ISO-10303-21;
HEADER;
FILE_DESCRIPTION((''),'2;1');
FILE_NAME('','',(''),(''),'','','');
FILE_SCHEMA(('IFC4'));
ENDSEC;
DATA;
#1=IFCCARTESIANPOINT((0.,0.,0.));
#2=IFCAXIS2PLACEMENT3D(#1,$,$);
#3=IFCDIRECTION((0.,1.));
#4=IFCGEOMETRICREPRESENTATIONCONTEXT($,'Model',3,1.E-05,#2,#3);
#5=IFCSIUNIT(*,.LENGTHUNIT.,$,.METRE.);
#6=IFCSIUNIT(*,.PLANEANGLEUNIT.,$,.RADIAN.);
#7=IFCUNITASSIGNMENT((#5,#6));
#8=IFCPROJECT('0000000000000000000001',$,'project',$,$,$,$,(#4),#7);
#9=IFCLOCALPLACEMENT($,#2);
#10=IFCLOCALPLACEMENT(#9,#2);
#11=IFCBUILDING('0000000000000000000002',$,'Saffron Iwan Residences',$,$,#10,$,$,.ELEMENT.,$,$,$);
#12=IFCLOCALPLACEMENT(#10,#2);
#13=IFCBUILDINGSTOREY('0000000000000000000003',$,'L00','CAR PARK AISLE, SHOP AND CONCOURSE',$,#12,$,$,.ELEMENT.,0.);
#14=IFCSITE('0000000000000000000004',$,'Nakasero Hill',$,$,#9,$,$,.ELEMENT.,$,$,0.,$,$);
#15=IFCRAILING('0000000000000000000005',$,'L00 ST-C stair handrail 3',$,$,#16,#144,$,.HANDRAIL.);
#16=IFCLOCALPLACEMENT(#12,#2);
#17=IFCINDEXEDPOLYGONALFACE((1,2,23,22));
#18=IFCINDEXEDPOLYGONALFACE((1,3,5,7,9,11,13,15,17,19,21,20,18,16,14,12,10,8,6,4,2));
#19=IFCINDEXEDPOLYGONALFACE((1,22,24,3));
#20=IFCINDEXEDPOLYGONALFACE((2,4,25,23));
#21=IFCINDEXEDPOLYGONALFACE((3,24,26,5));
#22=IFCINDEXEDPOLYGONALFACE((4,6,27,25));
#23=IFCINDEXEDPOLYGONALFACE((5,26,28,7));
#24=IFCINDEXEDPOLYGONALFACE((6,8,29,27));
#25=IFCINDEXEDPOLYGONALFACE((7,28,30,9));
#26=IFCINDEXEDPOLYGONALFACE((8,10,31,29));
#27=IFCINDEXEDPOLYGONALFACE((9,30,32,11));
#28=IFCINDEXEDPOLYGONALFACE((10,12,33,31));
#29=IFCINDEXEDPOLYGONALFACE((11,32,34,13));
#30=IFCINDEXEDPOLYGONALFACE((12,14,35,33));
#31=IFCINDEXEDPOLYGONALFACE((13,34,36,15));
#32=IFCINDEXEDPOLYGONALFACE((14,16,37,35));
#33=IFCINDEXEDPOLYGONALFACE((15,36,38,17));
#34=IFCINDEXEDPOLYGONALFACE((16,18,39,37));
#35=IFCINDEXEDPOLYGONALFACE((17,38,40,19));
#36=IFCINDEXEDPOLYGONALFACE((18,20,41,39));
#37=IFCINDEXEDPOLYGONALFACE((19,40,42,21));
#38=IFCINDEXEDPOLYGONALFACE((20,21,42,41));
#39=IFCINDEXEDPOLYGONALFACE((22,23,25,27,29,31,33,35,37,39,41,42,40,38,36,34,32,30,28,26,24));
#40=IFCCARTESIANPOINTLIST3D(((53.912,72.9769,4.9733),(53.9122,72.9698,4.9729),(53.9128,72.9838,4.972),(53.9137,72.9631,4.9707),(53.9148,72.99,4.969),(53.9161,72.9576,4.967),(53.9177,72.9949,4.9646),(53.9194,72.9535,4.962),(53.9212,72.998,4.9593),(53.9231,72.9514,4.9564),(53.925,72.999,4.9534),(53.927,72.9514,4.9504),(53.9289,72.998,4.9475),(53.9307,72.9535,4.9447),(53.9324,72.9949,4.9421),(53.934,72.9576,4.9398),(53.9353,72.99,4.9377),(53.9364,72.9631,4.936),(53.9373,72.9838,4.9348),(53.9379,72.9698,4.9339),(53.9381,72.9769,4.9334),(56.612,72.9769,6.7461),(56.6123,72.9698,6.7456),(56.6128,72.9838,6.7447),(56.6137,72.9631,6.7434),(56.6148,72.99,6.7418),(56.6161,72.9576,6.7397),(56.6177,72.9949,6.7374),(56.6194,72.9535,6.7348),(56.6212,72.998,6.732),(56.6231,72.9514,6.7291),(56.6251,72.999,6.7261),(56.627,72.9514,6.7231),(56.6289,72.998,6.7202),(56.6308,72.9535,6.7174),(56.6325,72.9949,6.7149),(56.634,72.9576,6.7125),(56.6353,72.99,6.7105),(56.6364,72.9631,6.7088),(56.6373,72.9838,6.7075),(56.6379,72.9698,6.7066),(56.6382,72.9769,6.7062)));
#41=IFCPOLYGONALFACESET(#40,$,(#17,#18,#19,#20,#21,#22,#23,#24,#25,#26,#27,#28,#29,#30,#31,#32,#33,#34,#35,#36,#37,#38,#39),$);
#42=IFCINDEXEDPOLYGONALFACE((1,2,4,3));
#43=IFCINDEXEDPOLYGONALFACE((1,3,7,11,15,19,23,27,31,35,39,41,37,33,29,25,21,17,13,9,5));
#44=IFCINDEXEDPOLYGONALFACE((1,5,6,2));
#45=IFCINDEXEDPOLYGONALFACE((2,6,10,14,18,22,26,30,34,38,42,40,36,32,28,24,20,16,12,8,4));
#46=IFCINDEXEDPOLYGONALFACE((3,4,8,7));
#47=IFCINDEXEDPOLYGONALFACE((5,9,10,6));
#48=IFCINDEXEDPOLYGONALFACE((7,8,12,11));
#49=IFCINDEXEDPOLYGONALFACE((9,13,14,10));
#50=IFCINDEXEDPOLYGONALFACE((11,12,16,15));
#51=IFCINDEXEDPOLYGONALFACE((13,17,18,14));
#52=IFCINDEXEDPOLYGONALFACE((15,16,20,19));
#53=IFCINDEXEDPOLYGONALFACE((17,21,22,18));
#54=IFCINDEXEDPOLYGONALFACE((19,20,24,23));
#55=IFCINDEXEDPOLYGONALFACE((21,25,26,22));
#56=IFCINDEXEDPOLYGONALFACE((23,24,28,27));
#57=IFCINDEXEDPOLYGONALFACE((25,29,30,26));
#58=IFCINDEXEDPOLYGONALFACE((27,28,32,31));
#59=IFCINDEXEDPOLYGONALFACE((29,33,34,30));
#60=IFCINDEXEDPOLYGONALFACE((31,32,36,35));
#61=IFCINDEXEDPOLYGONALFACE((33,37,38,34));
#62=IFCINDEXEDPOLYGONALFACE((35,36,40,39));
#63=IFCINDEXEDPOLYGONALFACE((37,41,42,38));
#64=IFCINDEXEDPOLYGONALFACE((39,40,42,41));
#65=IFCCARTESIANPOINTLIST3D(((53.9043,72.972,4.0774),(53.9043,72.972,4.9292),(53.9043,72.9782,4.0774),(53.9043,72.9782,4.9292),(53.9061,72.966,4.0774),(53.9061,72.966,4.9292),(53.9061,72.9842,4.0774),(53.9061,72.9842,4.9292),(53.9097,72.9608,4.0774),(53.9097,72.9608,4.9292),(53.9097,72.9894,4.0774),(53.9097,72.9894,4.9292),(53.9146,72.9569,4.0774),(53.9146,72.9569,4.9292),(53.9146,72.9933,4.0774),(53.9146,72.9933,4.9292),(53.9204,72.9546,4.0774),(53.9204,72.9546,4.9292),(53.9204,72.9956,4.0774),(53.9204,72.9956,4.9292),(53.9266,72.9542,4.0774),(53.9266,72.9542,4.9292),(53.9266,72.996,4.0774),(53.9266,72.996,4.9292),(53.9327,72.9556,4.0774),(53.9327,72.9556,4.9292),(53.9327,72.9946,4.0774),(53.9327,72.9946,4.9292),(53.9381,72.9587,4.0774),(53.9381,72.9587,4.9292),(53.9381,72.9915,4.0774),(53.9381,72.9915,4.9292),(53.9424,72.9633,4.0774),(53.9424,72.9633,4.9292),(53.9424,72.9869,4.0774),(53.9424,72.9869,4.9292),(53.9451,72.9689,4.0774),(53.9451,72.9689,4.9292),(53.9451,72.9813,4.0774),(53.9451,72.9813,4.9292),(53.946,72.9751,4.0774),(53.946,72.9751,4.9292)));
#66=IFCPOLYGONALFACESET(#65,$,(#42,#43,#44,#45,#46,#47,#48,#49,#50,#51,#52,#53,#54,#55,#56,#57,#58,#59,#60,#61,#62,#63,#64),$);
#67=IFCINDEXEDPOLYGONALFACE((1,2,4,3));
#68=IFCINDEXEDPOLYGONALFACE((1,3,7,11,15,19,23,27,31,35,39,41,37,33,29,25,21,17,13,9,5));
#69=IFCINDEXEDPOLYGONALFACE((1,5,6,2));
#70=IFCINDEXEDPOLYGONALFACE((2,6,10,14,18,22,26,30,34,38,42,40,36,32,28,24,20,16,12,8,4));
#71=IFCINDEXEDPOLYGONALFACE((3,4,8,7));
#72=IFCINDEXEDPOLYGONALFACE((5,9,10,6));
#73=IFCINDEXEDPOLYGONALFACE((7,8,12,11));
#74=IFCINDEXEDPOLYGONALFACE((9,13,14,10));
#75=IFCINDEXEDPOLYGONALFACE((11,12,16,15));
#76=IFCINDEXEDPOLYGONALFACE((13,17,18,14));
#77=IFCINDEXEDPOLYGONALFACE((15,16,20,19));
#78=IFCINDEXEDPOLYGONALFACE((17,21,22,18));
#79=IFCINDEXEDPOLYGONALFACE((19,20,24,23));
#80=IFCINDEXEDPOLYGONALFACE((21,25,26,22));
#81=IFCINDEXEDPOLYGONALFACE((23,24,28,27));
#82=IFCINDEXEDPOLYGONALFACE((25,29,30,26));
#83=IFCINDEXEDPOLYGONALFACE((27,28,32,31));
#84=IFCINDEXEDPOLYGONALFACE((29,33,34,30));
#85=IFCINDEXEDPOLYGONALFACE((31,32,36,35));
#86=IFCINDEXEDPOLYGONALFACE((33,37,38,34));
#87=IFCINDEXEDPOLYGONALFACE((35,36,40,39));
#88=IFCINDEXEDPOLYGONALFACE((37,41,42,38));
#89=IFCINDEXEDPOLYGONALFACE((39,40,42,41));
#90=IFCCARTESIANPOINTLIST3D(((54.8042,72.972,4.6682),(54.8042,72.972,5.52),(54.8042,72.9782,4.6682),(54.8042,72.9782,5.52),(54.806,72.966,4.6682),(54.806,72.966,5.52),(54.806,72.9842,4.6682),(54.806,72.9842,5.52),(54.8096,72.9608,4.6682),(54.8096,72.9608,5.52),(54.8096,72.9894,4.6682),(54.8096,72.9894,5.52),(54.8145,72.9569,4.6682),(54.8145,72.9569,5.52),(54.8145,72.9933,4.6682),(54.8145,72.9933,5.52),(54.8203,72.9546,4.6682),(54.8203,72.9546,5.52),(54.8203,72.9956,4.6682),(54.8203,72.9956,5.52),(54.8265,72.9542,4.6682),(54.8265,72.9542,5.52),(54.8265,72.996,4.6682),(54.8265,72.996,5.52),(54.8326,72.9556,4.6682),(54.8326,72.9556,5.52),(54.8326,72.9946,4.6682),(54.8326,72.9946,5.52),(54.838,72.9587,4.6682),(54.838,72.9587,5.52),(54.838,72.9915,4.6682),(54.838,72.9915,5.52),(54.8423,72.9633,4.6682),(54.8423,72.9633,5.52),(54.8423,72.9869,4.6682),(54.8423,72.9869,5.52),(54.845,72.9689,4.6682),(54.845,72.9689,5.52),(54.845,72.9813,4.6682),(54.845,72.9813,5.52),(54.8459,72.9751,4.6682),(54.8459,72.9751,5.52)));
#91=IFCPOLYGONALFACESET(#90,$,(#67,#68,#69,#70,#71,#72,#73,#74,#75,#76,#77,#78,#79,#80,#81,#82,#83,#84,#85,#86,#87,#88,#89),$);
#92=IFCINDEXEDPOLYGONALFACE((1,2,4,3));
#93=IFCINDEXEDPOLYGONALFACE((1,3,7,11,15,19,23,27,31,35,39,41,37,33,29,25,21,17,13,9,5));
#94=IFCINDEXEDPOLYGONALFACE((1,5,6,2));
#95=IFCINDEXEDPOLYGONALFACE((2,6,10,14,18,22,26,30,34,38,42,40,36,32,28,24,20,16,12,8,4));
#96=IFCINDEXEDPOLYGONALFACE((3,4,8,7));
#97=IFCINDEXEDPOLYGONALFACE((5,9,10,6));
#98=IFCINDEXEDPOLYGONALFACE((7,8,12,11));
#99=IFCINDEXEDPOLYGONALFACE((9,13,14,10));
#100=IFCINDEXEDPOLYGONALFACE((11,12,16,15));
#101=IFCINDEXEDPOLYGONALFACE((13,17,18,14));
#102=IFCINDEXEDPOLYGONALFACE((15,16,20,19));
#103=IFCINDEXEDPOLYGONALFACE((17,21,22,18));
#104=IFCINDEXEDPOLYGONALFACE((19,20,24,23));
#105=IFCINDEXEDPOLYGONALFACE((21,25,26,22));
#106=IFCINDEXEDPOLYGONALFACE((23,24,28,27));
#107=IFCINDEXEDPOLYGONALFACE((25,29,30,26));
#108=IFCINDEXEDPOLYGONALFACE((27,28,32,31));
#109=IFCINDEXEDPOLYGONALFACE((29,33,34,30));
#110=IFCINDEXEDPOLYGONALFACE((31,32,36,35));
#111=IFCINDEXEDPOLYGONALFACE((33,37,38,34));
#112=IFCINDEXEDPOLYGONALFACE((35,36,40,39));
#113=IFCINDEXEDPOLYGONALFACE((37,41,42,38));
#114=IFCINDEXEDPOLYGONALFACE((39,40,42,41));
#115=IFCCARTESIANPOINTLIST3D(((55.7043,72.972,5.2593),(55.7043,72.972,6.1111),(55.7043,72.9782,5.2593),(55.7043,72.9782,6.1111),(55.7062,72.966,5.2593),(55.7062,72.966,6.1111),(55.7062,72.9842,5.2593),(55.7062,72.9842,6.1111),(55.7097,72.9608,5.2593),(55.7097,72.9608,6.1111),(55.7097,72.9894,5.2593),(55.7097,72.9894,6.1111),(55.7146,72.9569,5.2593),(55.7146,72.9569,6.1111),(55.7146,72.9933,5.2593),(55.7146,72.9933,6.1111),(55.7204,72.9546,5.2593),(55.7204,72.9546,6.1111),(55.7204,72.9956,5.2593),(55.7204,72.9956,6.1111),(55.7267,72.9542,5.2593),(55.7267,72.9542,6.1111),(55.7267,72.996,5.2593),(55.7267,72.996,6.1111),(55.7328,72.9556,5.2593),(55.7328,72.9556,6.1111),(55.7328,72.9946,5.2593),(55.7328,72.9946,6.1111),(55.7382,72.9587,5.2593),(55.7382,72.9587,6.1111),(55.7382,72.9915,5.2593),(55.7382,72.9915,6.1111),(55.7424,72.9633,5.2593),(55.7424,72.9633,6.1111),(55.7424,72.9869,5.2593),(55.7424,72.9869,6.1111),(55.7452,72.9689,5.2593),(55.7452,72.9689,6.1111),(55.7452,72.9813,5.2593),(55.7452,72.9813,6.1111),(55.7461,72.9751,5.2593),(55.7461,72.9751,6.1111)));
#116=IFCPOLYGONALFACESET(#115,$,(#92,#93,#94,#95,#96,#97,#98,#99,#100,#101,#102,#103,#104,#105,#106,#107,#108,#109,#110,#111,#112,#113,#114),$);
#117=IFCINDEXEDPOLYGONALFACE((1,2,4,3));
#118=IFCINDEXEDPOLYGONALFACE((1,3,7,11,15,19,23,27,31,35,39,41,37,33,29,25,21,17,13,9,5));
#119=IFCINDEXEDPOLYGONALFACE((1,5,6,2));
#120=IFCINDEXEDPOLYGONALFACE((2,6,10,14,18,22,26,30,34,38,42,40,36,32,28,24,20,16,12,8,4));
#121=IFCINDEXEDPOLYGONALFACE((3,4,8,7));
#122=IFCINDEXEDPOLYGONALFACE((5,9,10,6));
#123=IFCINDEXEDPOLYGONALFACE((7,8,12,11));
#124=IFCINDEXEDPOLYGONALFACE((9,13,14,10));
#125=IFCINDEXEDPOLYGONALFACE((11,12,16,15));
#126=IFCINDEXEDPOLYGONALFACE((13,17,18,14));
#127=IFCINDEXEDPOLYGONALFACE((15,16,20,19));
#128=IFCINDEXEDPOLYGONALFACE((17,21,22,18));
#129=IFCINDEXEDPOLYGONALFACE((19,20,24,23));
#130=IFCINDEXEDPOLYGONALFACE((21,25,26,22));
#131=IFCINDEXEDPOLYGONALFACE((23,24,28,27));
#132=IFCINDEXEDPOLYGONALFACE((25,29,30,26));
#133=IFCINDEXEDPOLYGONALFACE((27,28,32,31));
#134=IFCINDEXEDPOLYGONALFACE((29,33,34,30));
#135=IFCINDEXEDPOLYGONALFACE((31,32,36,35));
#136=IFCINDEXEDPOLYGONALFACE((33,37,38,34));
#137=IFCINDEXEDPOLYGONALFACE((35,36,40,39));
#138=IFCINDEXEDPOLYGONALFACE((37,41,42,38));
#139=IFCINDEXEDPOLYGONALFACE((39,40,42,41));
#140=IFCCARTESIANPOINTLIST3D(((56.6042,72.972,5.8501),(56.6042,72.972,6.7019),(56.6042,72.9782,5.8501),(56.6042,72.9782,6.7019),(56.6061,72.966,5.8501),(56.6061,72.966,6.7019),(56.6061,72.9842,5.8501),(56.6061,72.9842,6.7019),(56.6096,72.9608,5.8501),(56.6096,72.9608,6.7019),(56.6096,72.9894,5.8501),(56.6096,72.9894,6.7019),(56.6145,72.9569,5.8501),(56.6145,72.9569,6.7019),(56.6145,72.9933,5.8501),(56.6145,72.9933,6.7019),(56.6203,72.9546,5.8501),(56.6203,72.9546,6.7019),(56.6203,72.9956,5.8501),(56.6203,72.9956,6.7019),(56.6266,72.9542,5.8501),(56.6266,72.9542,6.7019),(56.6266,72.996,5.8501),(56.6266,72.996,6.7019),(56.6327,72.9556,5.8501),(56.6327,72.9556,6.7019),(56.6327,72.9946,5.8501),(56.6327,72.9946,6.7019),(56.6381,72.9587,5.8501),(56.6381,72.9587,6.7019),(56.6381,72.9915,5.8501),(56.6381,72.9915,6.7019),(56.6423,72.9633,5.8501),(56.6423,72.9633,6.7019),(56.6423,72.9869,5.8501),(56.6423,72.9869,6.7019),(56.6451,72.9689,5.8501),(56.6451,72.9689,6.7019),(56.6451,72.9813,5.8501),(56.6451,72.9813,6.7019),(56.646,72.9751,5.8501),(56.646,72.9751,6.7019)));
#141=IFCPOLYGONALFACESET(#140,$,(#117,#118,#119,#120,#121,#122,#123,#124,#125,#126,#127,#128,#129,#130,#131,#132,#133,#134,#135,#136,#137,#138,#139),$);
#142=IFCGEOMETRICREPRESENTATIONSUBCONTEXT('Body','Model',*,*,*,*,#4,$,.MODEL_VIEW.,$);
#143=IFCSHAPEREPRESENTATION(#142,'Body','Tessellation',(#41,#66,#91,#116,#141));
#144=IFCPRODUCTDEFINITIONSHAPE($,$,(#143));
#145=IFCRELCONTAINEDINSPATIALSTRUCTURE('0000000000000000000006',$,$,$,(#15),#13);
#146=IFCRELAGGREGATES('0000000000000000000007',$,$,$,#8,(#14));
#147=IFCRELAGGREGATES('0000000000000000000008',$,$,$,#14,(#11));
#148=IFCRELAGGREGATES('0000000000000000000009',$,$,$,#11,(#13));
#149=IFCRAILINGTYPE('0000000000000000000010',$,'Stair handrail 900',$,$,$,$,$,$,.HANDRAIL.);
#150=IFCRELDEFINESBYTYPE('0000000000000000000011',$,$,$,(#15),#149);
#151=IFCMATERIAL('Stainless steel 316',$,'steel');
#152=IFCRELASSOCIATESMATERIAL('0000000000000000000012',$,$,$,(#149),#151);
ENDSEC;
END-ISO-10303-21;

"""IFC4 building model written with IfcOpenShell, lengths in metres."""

from ifc_helpers import new_model, si_unit, direction, frame, origin, origin_2d, place, context, subcontext, project, spatial, circle, extrude, material, type_object, element, save


model = new_model("IFC4")

# Units and contexts
model_context = context("Model", 3, precision=1e-05, world=origin(), true_north=direction((0.0, 1.0)))
body_context = subcontext(model_context, "Body", "Model", "MODEL_VIEW")
ifc_project = project(units=[si_unit("LENGTHUNIT", "METRE"), si_unit("PLANEANGLEUNIT", "RADIAN")], contexts=[model_context])

# Site, building, storey
site_placement = place(None, origin())
site = spatial("IfcSite", under=ifc_project, at=site_placement, Name="Nakasero Hill", CompositionType="ELEMENT", RefElevation=0.0)
building_placement = place(site_placement, origin())
building = spatial("IfcBuilding", under=site, at=building_placement, Name="Saffron Iwan Residences", CompositionType="ELEMENT")
storey_placement = place(building_placement, origin())
storey = spatial("IfcBuildingStorey", under=building, at=storey_placement, Name="L00", Description="CAR PARK AISLE, SHOP AND CONCOURSE", CompositionType="ELEMENT", Elevation=0.0)

# Railing
ifc_material_1 = material(Name="Stainless steel 316", Category="steel")
railing_type_1 = type_object("IfcRailingType", Name="Stair handrail 900", PredefinedType="HANDRAIL", material=ifc_material_1)
railing_1_placement = place(storey_placement, frame((53.925, 72.9751, 4.0774)))
element("IfcRailing", 1, at=railing_1_placement, inside=storey, type_object=railing_type_1, Name="L00 ST-C stair handrail 3", PredefinedType="HANDRAIL", context=body_context, shape_type="SweptSolid", body=[
    extrude(circle(Radius=0.0239, at=origin_2d()), frame((0.0, 0.0, 0.876), z_axis=(0.835925, 0.0, 0.548843), x_axis=(0.0, 1.0, 0.0)), (0.0, 0.0, 1.0), 3.23),
    extrude(circle(Radius=0.021, at=origin_2d()), origin(), (0.0, 0.0, 1.0), 0.8518),
    extrude(circle(Radius=0.021, at=origin_2d()), frame((0.8999, 0.0, 0.5908)), (0.0, 0.0, 1.0), 0.8518),
    extrude(circle(Radius=0.021, at=origin_2d()), frame((1.8, 0.0, 1.1819)), (0.0, 0.0, 1.0), 0.8518),
    extrude(circle(Radius=0.021, at=origin_2d()), frame((2.7, 0.0, 1.7727)), (0.0, 0.0, 1.0), 0.8518),
])

save(model, "model.ifc")
